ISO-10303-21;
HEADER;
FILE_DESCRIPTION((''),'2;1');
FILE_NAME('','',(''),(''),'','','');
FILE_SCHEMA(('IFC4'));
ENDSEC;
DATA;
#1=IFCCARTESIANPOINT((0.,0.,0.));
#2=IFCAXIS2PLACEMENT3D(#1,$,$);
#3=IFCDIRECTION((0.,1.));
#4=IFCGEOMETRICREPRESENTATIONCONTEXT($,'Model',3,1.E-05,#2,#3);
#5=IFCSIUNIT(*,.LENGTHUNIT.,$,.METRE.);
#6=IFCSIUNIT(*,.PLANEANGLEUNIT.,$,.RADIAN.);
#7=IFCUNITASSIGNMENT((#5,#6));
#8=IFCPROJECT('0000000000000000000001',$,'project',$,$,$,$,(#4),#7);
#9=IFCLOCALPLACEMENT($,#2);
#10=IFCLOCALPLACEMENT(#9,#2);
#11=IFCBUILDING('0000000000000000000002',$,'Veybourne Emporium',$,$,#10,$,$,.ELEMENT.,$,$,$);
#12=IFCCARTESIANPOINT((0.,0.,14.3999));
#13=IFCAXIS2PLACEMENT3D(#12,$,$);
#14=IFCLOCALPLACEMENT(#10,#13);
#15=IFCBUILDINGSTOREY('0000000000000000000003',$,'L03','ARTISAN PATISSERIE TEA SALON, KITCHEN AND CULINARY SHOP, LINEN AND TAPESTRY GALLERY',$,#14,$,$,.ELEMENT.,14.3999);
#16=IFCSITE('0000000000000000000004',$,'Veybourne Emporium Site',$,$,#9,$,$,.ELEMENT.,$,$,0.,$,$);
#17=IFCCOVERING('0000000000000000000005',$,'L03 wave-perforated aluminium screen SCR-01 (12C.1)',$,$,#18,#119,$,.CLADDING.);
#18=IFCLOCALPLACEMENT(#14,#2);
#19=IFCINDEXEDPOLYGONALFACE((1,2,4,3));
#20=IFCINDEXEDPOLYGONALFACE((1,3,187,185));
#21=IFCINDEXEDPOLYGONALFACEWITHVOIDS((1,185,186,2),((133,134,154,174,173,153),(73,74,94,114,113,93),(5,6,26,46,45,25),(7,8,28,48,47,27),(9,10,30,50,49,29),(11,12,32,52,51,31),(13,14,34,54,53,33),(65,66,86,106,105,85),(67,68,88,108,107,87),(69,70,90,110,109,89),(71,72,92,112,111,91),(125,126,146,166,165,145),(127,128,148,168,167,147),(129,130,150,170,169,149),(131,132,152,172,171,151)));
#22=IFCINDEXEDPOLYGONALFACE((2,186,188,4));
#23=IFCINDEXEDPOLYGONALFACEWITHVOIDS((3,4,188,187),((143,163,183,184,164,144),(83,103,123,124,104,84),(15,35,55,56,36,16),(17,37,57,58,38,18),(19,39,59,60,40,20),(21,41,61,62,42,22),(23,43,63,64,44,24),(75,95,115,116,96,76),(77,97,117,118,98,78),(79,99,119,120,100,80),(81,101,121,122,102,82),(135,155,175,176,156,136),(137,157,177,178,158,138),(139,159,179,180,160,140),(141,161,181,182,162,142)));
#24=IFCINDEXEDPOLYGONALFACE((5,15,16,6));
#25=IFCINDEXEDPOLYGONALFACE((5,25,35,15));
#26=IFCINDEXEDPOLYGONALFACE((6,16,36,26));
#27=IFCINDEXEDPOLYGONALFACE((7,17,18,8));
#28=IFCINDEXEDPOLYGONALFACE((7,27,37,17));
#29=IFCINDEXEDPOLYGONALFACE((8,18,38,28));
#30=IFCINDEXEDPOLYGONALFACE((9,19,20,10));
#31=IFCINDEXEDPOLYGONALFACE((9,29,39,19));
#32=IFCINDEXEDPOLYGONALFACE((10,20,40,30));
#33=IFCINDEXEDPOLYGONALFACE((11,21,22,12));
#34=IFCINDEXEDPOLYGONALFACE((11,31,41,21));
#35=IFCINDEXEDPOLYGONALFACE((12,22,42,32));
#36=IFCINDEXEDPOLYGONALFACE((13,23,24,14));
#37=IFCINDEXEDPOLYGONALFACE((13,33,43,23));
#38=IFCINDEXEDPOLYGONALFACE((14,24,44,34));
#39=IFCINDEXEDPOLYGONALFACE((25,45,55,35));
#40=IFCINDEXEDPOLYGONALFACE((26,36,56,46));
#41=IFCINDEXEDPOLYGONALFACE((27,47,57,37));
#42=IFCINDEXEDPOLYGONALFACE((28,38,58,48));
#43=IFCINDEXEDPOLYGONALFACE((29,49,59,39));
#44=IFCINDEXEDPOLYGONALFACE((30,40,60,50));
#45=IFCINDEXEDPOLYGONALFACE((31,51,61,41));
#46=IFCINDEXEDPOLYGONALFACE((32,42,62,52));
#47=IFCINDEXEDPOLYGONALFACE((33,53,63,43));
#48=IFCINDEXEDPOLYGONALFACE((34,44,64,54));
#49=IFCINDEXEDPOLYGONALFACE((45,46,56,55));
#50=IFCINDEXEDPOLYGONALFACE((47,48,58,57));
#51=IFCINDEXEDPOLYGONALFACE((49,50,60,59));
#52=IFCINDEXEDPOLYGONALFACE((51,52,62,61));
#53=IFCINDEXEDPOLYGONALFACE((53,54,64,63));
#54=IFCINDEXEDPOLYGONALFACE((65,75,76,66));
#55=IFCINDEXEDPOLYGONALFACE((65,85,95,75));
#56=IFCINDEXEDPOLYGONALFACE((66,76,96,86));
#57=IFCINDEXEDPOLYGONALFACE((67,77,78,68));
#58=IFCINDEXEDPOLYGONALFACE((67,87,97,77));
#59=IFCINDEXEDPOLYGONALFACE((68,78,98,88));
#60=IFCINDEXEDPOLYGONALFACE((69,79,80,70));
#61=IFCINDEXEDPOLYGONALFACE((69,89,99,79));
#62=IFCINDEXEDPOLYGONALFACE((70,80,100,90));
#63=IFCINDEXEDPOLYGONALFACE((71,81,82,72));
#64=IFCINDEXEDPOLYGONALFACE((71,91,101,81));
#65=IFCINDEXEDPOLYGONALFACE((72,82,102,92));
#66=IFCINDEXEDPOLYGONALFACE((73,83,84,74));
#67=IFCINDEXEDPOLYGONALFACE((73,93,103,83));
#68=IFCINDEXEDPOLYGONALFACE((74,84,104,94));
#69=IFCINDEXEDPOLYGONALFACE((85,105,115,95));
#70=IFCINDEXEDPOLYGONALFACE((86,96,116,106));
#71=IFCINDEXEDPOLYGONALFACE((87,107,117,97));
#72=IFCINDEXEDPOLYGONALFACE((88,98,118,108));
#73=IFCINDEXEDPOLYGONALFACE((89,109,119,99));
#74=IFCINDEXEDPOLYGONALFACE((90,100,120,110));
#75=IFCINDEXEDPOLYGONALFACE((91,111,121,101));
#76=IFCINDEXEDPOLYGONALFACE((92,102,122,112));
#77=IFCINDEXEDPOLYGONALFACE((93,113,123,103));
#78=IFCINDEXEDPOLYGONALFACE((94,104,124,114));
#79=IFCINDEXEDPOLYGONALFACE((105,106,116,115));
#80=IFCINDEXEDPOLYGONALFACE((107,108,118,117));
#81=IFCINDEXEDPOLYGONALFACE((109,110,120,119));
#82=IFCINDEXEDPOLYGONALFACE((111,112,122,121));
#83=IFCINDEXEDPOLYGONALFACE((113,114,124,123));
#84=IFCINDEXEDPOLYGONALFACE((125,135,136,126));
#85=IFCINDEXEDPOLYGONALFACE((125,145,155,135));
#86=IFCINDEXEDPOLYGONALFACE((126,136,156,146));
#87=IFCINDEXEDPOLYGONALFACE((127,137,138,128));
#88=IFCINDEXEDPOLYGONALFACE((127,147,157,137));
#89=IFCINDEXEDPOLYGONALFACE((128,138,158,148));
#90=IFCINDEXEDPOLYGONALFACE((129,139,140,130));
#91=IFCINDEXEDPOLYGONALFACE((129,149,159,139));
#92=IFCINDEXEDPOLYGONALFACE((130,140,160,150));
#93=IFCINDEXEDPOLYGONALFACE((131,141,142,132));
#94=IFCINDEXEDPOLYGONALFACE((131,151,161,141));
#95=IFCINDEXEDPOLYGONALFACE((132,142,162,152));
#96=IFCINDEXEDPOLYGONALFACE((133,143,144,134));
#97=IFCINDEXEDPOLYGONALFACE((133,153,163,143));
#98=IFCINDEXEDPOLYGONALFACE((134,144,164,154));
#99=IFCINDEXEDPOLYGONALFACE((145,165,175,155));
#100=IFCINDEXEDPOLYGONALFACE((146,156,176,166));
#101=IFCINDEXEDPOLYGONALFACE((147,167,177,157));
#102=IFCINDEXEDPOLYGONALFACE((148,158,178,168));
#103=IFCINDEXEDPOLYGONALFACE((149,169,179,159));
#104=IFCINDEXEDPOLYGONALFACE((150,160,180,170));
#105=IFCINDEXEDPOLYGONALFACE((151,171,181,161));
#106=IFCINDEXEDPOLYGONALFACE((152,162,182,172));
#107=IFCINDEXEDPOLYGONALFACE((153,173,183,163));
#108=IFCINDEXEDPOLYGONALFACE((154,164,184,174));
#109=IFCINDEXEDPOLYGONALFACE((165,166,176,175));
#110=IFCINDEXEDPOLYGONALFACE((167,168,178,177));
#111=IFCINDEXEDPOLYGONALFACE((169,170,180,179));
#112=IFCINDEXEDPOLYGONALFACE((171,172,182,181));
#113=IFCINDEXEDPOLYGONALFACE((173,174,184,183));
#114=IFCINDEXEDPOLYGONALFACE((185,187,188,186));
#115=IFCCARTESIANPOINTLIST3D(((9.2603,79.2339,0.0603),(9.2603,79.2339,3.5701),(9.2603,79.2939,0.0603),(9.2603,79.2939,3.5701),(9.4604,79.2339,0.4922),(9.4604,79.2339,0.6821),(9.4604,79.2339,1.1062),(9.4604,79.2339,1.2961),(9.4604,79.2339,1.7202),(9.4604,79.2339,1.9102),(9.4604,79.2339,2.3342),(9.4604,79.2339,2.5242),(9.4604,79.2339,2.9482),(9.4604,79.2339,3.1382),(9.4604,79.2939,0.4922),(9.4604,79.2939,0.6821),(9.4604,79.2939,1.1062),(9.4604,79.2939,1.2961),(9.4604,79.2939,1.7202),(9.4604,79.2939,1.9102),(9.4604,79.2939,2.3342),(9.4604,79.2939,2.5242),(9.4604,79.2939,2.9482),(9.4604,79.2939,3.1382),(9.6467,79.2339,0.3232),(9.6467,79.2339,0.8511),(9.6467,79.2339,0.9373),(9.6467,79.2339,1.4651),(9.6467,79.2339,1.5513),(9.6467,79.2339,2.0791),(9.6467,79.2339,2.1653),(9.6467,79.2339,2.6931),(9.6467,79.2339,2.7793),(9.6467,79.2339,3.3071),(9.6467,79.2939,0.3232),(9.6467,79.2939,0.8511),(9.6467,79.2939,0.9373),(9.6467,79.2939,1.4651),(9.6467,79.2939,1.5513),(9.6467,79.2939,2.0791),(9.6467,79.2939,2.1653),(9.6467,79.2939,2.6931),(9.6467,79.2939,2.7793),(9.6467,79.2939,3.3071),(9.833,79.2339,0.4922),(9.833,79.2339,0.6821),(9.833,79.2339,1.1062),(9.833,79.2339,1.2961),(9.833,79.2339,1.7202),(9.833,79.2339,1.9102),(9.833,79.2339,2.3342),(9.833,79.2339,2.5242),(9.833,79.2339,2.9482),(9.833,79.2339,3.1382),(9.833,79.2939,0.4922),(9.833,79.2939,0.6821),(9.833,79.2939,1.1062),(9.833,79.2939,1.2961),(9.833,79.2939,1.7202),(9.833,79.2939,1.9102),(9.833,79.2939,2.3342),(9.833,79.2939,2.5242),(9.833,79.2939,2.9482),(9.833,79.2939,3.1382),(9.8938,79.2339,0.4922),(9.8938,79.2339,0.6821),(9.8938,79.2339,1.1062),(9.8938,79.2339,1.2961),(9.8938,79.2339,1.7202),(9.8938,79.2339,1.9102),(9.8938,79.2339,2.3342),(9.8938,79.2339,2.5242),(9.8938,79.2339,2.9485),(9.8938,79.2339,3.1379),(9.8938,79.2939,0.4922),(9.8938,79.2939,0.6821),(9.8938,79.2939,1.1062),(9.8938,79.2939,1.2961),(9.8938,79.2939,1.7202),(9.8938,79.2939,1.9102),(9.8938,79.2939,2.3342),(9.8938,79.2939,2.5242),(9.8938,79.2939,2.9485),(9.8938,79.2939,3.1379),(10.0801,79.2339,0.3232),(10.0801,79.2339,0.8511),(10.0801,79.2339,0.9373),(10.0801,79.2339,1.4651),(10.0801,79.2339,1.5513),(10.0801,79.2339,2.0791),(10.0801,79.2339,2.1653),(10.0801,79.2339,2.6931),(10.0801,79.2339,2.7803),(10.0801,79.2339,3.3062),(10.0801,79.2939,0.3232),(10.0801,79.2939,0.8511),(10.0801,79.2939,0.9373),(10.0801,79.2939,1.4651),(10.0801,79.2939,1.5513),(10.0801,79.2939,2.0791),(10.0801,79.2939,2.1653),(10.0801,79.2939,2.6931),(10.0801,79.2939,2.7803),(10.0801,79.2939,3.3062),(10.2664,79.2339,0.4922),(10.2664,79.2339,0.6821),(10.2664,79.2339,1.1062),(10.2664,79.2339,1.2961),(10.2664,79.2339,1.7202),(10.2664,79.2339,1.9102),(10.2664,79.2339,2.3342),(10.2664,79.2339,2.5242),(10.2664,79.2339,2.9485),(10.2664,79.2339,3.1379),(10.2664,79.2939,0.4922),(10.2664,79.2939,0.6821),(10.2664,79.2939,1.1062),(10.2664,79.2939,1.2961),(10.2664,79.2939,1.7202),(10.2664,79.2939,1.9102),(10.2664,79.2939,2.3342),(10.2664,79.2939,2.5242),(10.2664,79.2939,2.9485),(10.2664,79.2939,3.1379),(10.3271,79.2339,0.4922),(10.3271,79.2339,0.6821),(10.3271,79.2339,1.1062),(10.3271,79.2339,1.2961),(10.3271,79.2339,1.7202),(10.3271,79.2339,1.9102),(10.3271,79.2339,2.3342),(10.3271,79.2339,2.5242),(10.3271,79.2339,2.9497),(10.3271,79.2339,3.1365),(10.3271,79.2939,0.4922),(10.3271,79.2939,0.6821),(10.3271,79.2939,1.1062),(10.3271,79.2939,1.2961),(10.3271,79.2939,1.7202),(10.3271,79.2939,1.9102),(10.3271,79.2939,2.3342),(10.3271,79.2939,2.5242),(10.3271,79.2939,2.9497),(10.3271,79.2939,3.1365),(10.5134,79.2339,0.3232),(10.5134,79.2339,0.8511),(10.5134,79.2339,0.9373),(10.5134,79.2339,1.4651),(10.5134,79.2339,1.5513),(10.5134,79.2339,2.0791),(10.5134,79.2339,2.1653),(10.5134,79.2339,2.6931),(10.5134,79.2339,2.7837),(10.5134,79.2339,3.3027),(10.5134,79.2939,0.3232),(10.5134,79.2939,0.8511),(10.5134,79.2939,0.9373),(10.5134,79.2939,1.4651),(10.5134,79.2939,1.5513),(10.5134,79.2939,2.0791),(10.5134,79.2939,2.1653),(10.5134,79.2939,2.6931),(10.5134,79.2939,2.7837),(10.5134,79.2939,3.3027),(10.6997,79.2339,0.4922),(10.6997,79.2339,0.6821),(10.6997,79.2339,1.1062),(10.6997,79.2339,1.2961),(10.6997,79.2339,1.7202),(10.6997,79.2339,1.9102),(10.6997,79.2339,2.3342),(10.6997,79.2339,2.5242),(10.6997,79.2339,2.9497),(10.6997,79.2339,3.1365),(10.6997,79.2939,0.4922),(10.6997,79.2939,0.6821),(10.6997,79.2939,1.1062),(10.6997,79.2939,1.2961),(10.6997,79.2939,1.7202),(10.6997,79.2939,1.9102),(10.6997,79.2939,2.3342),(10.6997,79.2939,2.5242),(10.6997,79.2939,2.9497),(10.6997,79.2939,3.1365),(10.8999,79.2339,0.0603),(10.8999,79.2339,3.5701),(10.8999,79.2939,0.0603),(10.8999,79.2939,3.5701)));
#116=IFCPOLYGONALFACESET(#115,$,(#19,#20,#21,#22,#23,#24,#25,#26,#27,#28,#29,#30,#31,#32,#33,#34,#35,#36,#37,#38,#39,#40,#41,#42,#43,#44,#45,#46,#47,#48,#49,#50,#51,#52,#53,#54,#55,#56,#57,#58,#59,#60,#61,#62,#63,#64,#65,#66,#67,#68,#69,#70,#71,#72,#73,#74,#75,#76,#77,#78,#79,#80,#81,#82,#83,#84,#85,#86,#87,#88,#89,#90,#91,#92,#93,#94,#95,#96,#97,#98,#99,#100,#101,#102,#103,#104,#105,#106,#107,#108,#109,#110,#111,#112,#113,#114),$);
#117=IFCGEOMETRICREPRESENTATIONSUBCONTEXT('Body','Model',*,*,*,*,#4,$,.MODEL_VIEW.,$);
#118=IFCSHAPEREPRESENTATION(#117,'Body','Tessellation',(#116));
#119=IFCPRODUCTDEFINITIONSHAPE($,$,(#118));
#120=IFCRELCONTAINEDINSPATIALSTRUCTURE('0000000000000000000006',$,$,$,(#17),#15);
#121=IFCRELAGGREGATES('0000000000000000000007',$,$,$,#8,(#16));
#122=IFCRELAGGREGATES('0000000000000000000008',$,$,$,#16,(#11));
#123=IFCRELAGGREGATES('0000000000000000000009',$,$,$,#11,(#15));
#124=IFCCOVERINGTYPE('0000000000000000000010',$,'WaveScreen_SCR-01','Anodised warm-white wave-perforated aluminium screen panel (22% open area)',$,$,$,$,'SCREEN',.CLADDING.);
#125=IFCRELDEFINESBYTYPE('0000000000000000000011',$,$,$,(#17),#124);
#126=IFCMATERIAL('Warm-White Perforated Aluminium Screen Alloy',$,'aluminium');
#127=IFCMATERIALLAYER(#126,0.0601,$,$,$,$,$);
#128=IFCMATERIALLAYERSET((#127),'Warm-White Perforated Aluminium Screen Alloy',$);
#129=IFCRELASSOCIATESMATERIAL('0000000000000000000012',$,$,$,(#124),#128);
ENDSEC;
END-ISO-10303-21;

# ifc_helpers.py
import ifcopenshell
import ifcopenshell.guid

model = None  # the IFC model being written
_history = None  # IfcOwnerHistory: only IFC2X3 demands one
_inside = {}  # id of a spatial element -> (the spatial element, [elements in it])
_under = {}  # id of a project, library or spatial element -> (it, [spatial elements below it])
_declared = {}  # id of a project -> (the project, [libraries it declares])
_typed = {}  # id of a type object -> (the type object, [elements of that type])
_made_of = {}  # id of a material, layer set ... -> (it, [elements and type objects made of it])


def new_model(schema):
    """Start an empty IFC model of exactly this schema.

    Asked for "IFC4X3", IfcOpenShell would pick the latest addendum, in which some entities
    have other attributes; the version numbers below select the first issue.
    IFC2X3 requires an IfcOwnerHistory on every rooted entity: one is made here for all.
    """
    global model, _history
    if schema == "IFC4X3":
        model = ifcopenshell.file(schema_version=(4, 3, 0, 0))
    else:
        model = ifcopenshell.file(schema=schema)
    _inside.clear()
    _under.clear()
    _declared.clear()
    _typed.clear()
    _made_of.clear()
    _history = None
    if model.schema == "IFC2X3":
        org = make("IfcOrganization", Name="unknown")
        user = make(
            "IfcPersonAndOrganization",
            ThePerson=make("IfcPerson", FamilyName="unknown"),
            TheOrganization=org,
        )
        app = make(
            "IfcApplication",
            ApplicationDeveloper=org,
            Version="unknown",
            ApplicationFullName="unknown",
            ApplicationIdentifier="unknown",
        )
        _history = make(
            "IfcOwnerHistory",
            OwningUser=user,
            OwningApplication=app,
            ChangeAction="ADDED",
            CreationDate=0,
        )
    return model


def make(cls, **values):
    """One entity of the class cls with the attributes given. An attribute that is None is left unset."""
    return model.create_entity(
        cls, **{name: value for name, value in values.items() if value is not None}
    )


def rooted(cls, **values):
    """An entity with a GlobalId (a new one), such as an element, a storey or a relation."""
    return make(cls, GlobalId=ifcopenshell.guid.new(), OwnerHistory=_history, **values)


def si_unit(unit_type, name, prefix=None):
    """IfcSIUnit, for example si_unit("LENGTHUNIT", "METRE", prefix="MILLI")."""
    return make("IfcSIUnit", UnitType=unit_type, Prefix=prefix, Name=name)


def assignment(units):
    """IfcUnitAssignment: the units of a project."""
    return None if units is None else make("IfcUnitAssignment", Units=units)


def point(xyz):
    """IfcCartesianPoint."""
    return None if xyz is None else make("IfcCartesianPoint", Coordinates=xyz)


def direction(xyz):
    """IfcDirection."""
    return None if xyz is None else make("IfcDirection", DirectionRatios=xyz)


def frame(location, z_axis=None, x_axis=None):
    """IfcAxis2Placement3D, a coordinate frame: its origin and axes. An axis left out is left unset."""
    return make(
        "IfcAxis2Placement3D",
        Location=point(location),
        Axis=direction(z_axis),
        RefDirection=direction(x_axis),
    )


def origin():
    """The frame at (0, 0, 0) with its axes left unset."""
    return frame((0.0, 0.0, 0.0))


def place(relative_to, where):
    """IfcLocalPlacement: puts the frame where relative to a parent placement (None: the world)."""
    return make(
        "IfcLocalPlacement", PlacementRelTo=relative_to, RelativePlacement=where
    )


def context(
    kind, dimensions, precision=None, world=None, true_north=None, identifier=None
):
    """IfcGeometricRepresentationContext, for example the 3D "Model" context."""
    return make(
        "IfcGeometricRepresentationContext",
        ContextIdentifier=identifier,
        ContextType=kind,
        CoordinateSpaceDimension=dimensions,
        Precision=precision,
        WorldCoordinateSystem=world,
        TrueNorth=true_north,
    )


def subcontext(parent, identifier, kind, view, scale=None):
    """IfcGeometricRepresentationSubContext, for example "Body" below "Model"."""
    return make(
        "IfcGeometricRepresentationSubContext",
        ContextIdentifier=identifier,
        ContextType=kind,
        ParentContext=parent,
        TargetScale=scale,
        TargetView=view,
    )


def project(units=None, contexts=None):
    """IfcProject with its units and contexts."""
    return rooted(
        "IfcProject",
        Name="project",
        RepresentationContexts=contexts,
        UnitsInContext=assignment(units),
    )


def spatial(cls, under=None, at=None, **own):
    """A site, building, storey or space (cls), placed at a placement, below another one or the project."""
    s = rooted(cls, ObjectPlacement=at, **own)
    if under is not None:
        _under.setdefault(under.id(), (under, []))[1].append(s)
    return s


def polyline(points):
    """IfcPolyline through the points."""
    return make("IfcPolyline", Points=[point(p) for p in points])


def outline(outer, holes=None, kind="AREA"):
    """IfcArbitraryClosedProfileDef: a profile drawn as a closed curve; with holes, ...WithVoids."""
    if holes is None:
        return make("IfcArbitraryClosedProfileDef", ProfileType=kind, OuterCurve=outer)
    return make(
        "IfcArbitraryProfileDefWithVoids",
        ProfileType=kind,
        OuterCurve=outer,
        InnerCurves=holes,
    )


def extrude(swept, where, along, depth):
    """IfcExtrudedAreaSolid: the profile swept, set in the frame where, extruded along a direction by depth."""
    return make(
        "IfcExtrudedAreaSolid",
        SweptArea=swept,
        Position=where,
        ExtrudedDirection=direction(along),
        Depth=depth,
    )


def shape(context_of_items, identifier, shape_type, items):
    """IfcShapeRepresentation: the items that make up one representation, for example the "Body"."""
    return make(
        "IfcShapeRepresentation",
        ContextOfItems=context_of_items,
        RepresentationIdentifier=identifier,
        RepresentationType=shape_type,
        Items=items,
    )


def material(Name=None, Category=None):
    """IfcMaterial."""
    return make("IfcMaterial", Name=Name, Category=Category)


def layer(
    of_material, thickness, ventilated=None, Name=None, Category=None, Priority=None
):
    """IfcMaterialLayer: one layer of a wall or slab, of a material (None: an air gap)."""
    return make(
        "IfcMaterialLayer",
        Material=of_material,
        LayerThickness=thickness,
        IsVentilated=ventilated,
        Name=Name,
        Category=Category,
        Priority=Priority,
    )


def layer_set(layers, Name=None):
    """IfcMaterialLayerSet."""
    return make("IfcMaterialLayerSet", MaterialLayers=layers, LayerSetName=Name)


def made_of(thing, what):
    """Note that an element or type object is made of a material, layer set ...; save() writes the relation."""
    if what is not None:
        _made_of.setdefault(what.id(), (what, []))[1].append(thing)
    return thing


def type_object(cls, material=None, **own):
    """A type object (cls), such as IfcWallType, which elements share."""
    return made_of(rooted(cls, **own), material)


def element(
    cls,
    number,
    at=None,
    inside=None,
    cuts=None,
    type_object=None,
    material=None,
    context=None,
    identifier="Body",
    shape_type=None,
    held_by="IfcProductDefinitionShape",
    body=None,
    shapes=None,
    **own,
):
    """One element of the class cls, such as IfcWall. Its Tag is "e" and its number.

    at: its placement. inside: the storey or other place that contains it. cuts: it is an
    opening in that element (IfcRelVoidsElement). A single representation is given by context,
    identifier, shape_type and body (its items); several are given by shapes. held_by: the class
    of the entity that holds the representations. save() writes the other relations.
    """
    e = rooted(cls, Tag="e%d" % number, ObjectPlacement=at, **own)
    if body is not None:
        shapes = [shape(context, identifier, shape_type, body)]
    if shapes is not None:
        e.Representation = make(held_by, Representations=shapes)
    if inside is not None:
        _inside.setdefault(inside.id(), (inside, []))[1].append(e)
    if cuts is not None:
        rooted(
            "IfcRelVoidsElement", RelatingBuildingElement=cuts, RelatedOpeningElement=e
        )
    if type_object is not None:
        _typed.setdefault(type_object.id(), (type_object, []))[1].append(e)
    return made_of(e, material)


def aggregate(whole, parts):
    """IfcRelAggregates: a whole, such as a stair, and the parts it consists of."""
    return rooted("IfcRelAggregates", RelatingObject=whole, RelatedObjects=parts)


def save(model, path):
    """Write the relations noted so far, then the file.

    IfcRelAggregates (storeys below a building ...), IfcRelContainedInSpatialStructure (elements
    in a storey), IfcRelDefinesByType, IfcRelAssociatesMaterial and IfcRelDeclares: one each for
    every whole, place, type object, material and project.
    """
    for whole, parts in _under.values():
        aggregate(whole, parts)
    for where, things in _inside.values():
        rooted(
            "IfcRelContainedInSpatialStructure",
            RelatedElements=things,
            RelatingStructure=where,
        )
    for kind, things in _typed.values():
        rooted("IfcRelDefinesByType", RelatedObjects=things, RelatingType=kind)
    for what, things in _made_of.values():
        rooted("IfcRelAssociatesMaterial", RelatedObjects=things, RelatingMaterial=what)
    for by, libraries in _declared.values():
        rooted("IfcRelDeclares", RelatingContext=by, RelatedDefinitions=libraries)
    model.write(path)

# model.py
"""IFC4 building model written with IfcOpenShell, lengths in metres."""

from ifc_helpers import new_model, si_unit, direction, frame, origin, place, context, subcontext, project, spatial, polyline, outline, extrude, material, layer, layer_set, type_object, element, save


model = new_model("IFC4")

# Units and contexts
model_context = context("Model", 3, precision=1e-05, world=origin(), true_north=direction((0.0, 1.0)))
body_context = subcontext(model_context, "Body", "Model", "MODEL_VIEW")
ifc_project = project(units=[si_unit("LENGTHUNIT", "METRE"), si_unit("PLANEANGLEUNIT", "RADIAN")], contexts=[model_context])

# Site, building, storey
site_placement = place(None, origin())
site = spatial("IfcSite", under=ifc_project, at=site_placement, Name="Veybourne Emporium Site", CompositionType="ELEMENT", RefElevation=0.0)
building_placement = place(site_placement, origin())
building = spatial("IfcBuilding", under=site, at=building_placement, Name="Veybourne Emporium", CompositionType="ELEMENT")
storey_placement = place(building_placement, frame((0.0, 0.0, 14.3999)))
storey = spatial("IfcBuildingStorey", under=building, at=storey_placement, Name="L03", Description="ARTISAN PATISSERIE TEA SALON, KITCHEN AND CULINARY SHOP, LINEN AND TAPESTRY GALLERY", CompositionType="ELEMENT", Elevation=14.3999)

# Covering
ifc_material_1 = material(Name="Warm-White Perforated Aluminium Screen Alloy", Category="aluminium")
ifc_layer_1 = layer(ifc_material_1, 0.0601)
ifc_layer_set_1 = layer_set([ifc_layer_1], Name="Warm-White Perforated Aluminium Screen Alloy")
covering_type_1 = type_object("IfcCoveringType", Name="WaveScreen_SCR-01", Description="Anodised warm-white wave-perforated aluminium screen panel (22% open area)", ElementType="SCREEN", PredefinedType="CLADDING", material=ifc_layer_set_1)
covering_1_placement = place(storey_placement, frame((10.0801, 79.2939, 1.8152), z_axis=(0.0, -1.0, 0.0), x_axis=(1.0, 0.0, 0.0)))
element("IfcCovering", 1, at=covering_1_placement, inside=storey, type_object=covering_type_1, Name="L03 wave-perforated aluminium screen SCR-01 (12C.1)", PredefinedType="CLADDING", context=body_context, shape_type="SweptSolid", body=[
    extrude(outline(polyline([(-0.8198, -1.7549), (0.8198, -1.7549), (0.8198, 1.7549), (-0.8198, 1.7549), (-0.8198, -1.7549)]), holes=[polyline([(-0.4333, -0.9641), (-0.2471, -1.1331), (-0.2471, -1.323), (-0.4333, -1.4919), (-0.6196, -1.323), (-0.6196, -1.1331), (-0.4333, -0.9641)]), polyline([(-0.4333, -0.3501), (-0.2471, -0.519), (-0.2471, -0.709), (-0.4333, -0.8779), (-0.6196, -0.709), (-0.6196, -0.519), (-0.4333, -0.3501)]), polyline([(-0.4333, 0.2639), (-0.2471, 0.095), (-0.2471, -0.095), (-0.4333, -0.2639), (-0.6196, -0.095), (-0.6196, 0.095), (-0.4333, 0.2639)]), polyline([(-0.4333, 0.8779), (-0.2471, 0.709), (-0.2471, 0.519), (-0.4333, 0.3501), (-0.6196, 0.519), (-0.6196, 0.709), (-0.4333, 0.8779)]), polyline([(-0.4333, 1.4919), (-0.2471, 1.323), (-0.2471, 1.1331), (-0.4333, 0.9641), (-0.6196, 1.1331), (-0.6196, 1.323), (-0.4333, 1.4919)]), polyline([(0.0, -0.9641), (0.1863, -1.1331), (0.1863, -1.323), (0.0, -1.4919), (-0.1863, -1.323), (-0.1863, -1.1331), (0.0, -0.9641)]), polyline([(0.0, -0.3501), (0.1863, -0.519), (0.1863, -0.709), (0.0, -0.8779), (-0.1863, -0.709), (-0.1863, -0.519), (0.0, -0.3501)]), polyline([(0.0, 0.2639), (0.1863, 0.095), (0.1863, -0.095), (0.0, -0.2639), (-0.1863, -0.095), (-0.1863, 0.095), (0.0, 0.2639)]), polyline([(0.0, 0.8779), (0.1863, 0.709), (0.1863, 0.519), (0.0, 0.3501), (-0.1863, 0.519), (-0.1863, 0.709), (0.0, 0.8779)]), polyline([(0.0, 1.491), (0.1863, 1.3228), (0.1863, 1.1333), (0.0, 0.9651), (-0.1863, 1.1333), (-0.1863, 1.3228), (0.0, 1.491)]), polyline([(0.4333, -0.9641), (0.6196, -1.1331), (0.6196, -1.323), (0.4333, -1.4919), (0.2471, -1.323), (0.2471, -1.1331), (0.4333, -0.9641)]), polyline([(0.4333, -0.3501), (0.6196, -0.519), (0.6196, -0.709), (0.4333, -0.8779), (0.2471, -0.709), (0.2471, -0.519), (0.4333, -0.3501)]), polyline([(0.4333, 0.2639), (0.6196, 0.095), (0.6196, -0.095), (0.4333, -0.2639), (0.2471, -0.095), (0.2471, 0.095), (0.4333, 0.2639)]), polyline([(0.4333, 0.8779), (0.6196, 0.709), (0.6196, 0.519), (0.4333, 0.3501), (0.2471, 0.519), (0.2471, 0.709), (0.4333, 0.8779)]), polyline([(0.4333, 1.4875), (0.6196, 1.3213), (0.6196, 1.1345), (0.4333, 0.9685), (0.2471, 1.1345), (0.2471, 1.3213), (0.4333, 1.4875)])]), origin(), (0.0, 0.0, 1.0), 0.0601),
])

save(model, "model.ifc")
